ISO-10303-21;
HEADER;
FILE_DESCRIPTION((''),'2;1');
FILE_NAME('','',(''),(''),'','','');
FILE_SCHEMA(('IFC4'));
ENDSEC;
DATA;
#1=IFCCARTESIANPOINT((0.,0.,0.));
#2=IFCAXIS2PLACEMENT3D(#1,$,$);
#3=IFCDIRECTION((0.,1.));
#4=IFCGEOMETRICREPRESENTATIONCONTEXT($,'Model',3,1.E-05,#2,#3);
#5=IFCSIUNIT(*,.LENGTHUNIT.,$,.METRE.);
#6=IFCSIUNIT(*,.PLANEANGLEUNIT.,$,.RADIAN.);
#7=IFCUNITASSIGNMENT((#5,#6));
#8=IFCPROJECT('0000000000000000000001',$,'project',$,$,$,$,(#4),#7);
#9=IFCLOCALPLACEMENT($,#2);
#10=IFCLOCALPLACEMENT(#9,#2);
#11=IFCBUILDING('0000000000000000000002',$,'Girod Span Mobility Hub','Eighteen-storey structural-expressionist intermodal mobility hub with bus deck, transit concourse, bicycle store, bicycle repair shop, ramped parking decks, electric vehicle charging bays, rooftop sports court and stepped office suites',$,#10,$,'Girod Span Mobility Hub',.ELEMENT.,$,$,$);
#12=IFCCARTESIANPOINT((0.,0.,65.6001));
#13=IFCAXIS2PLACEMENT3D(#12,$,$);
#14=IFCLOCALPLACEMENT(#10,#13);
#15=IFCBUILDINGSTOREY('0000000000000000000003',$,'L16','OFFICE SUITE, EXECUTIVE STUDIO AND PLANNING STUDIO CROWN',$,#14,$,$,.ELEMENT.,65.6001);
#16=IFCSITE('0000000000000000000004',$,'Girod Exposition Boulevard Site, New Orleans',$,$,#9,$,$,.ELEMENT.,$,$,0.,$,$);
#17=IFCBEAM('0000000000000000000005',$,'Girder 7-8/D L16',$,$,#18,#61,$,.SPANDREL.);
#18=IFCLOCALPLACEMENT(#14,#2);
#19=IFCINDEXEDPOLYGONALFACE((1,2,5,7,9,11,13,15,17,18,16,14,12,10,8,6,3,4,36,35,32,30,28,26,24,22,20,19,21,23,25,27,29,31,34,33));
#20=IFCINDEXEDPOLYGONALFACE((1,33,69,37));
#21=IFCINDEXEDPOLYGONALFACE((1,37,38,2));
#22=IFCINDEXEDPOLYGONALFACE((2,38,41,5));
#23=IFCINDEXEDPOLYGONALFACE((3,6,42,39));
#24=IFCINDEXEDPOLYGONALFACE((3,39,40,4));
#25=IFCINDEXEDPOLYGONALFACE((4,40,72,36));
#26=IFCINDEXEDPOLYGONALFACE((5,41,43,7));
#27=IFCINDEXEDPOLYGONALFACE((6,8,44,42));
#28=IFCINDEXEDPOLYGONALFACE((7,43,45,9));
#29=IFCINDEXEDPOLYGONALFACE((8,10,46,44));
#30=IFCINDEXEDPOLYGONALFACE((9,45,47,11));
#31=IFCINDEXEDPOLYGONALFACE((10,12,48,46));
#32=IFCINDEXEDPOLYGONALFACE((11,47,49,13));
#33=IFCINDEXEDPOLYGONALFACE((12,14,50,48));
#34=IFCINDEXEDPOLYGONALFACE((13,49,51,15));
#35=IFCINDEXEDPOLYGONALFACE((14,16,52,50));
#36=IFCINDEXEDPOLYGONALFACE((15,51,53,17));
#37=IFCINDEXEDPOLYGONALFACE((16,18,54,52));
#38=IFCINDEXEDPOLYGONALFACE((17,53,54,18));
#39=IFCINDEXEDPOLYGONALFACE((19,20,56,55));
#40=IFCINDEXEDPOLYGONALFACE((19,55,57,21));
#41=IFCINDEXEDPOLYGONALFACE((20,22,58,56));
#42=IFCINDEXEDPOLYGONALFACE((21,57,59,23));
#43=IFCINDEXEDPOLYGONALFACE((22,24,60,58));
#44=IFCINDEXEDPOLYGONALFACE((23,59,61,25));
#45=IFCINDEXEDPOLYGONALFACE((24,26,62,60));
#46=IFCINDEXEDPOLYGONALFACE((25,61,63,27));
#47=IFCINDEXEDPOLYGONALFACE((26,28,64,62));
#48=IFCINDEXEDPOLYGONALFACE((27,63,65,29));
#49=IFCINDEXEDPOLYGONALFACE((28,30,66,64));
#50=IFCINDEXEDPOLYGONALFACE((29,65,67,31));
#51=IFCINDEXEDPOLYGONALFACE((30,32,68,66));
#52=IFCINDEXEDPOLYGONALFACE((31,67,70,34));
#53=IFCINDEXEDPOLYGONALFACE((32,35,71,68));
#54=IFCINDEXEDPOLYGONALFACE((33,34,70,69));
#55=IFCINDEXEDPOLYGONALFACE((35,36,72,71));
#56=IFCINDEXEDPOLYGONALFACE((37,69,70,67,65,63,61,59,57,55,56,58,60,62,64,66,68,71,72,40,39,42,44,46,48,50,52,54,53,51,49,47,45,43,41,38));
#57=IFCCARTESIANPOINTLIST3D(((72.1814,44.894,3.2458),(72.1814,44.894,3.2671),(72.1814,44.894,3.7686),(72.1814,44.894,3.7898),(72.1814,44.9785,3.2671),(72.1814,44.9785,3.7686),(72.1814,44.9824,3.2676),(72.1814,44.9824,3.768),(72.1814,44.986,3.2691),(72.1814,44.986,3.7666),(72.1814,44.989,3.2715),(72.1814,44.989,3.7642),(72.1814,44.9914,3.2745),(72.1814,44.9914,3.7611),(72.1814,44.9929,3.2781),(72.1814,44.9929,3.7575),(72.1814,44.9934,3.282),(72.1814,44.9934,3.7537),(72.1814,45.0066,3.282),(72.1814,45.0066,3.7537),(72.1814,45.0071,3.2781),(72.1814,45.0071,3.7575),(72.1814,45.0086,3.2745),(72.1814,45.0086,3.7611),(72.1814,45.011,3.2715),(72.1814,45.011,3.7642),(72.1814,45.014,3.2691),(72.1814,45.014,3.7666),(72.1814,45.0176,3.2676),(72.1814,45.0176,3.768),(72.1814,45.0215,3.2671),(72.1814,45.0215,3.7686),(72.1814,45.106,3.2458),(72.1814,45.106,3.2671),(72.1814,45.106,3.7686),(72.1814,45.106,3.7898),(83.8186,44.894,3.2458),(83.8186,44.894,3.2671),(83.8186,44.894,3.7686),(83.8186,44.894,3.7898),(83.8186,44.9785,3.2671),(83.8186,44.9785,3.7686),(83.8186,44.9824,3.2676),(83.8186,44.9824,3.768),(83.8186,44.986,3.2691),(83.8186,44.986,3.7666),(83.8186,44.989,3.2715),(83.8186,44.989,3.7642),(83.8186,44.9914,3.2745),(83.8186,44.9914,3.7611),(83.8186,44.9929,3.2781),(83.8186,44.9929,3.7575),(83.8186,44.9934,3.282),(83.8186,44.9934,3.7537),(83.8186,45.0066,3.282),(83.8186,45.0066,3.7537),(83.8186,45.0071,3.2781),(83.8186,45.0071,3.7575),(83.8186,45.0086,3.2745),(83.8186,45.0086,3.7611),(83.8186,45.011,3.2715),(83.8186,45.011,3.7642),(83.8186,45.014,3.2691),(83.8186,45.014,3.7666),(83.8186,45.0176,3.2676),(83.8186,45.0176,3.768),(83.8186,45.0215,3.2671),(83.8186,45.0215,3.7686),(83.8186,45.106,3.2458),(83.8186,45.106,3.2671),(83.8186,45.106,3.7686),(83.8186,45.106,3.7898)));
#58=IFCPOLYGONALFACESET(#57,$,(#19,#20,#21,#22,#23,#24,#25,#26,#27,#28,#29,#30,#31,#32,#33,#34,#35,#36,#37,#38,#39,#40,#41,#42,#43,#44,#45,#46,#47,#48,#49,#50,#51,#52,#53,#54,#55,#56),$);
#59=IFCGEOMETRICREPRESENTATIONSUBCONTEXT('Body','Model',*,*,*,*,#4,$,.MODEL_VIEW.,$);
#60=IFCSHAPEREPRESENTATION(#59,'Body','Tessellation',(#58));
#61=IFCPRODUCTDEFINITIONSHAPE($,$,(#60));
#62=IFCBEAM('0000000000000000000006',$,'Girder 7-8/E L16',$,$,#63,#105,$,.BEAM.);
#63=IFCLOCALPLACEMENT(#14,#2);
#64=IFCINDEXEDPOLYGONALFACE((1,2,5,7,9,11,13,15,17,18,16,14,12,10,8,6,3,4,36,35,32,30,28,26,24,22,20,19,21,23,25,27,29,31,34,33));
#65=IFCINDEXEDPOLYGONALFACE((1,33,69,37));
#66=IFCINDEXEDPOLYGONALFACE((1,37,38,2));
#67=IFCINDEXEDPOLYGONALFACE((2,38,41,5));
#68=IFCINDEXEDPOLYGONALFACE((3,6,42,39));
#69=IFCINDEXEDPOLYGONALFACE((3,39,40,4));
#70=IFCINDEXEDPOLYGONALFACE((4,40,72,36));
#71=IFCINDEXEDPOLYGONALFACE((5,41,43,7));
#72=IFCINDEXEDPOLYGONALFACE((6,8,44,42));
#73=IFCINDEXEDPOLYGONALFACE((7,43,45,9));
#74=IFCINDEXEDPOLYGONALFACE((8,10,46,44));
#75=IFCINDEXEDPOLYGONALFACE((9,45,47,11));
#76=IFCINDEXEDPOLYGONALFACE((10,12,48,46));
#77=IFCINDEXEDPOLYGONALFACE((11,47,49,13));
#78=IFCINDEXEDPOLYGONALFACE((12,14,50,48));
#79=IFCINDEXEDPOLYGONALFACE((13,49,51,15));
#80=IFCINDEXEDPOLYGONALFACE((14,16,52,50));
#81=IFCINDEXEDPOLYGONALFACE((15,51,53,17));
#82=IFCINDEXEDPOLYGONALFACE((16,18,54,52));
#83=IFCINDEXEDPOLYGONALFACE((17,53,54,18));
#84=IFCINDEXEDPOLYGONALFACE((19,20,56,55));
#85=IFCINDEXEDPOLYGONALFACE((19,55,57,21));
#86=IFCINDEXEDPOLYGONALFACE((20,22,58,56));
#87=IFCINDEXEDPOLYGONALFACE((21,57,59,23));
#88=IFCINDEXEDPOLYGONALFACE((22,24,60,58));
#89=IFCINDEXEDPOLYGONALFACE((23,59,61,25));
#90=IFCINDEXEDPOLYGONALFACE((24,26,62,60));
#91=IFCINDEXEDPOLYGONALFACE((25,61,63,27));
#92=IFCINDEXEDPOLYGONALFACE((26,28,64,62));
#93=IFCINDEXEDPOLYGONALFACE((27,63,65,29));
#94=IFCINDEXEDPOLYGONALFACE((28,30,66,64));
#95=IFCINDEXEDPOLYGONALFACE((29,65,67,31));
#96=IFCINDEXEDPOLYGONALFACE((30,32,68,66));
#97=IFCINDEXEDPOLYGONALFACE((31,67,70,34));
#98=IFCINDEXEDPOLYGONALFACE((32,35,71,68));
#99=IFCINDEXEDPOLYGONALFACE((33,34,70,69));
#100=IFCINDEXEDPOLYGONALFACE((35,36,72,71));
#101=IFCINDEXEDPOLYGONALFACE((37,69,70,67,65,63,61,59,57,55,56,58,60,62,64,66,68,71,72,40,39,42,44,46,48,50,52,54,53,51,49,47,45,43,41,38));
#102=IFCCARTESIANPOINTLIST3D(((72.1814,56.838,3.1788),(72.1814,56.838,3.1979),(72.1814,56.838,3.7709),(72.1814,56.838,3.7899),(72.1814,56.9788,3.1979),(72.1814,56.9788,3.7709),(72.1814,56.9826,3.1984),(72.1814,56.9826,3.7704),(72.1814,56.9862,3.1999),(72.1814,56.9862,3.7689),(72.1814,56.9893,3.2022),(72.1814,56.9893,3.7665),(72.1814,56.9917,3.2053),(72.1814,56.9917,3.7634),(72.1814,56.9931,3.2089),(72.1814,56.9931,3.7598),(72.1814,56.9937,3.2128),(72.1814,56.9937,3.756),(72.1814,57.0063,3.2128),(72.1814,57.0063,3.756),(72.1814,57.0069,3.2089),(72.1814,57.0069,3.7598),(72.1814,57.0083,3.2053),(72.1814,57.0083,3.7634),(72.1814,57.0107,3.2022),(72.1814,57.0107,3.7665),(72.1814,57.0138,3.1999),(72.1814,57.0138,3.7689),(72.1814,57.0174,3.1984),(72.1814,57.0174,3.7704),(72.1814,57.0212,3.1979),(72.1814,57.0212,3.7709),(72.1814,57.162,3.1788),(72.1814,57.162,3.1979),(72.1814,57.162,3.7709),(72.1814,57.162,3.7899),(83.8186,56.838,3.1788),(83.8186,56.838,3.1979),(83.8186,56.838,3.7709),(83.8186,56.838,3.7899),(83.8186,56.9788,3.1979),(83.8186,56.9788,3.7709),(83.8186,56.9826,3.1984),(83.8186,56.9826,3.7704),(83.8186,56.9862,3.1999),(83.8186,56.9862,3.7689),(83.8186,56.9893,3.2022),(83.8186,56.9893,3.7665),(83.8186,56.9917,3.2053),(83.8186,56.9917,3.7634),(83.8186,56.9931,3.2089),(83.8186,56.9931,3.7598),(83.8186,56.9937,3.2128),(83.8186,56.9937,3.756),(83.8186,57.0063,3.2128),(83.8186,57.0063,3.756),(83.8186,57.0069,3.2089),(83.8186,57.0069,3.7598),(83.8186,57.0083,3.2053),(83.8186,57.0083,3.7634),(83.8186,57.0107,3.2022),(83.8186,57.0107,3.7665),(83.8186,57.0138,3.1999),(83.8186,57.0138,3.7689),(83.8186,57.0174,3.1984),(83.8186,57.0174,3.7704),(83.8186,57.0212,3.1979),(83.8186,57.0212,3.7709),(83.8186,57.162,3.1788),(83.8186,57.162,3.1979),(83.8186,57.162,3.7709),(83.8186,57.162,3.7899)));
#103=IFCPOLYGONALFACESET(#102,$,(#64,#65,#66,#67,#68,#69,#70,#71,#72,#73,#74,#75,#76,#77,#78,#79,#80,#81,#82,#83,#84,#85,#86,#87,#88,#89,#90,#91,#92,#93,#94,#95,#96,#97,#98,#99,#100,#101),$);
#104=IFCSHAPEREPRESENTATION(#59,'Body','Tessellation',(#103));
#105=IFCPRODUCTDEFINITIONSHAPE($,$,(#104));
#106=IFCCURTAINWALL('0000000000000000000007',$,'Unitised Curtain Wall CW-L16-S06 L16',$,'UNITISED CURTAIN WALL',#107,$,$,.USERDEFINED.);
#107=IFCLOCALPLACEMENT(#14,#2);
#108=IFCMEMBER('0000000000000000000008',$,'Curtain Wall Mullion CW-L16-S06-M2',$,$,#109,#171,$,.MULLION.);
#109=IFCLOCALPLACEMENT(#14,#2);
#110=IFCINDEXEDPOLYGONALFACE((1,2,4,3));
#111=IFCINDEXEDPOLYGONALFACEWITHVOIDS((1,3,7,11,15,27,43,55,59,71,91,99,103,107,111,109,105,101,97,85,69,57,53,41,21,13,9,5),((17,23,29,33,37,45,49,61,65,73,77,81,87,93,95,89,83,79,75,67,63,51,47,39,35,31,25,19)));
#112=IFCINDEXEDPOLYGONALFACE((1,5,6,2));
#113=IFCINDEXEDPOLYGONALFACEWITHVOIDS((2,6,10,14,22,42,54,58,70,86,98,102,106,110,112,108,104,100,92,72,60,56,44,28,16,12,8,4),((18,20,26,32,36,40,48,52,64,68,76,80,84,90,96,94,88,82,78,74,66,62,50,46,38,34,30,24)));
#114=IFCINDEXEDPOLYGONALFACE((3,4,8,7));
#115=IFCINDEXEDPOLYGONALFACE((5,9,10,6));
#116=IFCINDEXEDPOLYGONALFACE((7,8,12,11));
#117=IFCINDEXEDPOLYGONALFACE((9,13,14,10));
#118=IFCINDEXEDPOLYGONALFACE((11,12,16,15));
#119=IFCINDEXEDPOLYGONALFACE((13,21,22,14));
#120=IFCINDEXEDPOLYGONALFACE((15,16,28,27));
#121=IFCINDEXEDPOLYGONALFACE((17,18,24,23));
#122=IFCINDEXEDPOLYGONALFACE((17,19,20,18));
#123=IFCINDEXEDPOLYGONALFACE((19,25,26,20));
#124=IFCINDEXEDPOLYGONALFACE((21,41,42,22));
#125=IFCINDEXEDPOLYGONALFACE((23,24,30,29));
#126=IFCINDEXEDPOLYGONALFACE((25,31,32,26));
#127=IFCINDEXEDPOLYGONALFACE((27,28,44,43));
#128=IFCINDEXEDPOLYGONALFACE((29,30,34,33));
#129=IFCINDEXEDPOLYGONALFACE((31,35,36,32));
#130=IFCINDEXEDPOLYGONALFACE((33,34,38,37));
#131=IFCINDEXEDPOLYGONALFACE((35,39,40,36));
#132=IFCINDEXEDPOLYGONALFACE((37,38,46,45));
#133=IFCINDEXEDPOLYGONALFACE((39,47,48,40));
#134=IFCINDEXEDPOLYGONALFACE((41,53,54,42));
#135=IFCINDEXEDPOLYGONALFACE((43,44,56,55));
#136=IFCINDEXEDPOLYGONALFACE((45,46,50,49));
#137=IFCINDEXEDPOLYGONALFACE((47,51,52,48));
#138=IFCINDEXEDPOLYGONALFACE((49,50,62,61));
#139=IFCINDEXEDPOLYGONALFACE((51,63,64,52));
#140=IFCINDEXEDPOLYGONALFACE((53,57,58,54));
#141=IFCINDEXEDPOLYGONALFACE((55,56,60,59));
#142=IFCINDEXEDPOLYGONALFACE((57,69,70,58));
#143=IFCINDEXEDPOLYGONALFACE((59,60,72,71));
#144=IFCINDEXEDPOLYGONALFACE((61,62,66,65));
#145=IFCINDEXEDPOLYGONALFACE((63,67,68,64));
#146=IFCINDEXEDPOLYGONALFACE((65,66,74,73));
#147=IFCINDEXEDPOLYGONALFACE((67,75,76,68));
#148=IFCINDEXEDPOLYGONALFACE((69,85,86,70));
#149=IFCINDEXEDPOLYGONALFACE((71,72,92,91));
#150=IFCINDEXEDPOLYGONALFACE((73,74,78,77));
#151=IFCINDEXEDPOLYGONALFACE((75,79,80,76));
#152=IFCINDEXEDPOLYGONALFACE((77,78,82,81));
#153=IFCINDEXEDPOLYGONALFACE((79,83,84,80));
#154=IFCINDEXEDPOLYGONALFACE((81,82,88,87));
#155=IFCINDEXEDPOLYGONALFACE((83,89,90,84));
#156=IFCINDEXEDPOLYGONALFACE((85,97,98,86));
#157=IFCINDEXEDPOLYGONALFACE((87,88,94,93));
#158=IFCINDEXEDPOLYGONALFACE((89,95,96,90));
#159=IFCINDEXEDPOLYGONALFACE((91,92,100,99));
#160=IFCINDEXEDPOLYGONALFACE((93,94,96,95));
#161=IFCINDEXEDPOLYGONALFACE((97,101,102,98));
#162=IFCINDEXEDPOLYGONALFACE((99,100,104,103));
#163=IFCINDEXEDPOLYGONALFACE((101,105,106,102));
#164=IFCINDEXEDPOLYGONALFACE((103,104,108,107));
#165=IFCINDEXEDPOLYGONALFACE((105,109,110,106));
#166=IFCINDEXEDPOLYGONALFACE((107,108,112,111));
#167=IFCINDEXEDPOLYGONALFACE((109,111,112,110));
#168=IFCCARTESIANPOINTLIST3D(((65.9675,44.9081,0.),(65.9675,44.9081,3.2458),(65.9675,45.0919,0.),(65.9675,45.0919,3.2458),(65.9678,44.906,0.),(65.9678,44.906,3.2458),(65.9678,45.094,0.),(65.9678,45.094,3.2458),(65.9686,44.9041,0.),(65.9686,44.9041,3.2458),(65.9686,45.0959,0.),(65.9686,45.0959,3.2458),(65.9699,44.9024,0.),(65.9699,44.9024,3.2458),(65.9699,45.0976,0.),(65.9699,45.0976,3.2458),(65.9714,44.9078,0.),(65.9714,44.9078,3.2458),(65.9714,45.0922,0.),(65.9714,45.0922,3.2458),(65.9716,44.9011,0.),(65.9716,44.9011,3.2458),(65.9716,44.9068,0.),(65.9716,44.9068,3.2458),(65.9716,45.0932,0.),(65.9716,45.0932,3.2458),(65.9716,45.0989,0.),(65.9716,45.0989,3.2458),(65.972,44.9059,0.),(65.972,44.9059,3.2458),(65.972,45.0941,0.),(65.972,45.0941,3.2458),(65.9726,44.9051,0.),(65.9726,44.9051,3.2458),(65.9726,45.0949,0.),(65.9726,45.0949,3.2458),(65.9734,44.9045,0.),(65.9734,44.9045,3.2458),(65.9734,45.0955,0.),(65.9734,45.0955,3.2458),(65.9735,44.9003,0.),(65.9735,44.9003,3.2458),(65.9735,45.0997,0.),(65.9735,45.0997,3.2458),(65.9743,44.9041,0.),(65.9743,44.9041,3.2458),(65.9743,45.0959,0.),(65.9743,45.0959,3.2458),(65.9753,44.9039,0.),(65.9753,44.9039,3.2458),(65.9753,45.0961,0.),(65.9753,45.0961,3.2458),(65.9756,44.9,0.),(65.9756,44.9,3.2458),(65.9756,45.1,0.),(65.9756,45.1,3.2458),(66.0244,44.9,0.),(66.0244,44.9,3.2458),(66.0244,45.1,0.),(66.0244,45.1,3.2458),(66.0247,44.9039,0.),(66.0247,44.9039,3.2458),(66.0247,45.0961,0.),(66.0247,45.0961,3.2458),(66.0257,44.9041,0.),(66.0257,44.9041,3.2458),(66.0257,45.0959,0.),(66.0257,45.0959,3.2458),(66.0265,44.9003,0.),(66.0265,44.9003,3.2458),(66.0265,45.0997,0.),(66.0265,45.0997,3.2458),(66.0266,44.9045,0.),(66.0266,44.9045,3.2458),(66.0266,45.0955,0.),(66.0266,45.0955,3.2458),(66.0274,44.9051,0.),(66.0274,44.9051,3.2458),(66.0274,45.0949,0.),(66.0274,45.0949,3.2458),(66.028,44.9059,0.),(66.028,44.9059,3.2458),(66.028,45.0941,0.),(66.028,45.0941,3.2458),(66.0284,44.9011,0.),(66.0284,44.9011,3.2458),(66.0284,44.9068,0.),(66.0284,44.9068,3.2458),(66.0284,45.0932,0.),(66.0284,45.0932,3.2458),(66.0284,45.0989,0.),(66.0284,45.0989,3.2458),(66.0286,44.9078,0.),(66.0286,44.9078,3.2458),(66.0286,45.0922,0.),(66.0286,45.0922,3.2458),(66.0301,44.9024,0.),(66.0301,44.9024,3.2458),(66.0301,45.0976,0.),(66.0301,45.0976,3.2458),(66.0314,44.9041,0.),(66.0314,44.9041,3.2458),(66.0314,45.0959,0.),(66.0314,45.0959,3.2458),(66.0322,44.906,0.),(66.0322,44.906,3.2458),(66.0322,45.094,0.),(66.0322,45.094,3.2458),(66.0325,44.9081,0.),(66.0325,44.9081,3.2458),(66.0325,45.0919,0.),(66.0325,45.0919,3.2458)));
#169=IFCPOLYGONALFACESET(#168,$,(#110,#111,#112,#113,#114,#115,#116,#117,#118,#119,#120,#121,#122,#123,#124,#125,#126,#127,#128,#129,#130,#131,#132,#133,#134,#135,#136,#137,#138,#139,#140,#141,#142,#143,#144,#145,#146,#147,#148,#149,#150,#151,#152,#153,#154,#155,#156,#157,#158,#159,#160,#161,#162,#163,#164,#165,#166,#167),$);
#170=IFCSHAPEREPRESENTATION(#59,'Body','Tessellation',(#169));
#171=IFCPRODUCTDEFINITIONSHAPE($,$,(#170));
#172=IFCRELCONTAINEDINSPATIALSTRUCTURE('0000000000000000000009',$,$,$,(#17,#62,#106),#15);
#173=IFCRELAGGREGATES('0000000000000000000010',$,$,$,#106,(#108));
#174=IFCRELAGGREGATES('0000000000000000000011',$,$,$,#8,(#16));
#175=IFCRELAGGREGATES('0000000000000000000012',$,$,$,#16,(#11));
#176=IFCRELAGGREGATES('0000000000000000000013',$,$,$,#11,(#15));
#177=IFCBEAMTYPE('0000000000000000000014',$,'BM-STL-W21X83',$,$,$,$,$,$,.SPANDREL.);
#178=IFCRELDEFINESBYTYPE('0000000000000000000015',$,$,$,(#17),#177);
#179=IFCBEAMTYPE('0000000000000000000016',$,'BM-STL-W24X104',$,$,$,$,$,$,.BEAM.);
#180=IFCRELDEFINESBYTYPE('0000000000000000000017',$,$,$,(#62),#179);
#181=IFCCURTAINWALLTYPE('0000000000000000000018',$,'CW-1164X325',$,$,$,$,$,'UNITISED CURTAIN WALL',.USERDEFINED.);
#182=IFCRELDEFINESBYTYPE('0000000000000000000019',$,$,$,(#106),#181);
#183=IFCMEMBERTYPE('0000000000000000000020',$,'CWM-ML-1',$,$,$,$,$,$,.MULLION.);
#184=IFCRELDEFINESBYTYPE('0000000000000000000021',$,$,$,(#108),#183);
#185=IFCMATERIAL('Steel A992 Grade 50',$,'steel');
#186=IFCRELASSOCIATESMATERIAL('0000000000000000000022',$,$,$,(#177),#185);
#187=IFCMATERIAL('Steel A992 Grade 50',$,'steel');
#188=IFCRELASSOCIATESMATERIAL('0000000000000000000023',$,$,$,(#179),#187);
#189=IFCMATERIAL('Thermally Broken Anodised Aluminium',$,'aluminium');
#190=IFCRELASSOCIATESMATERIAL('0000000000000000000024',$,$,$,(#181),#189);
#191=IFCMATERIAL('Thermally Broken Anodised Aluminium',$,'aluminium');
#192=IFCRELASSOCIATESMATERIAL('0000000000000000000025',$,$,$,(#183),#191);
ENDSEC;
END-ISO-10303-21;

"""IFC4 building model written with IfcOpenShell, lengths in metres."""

from ifc_helpers import new_model, si_unit, direction, frame, origin, origin_2d, place, context, subcontext, project, spatial, hollow_rectangle, i_section, extrude, material, material_profile, profile_set, type_object, element, aggregate, save


model = new_model("IFC4")

# Units and contexts
model_context = context("Model", 3, precision=1e-05, world=origin(), true_north=direction((0.0, 1.0)))
body_context = subcontext(model_context, "Body", "Model", "MODEL_VIEW")
ifc_project = project(units=[si_unit("LENGTHUNIT", "METRE"), si_unit("PLANEANGLEUNIT", "RADIAN")], contexts=[model_context])

# Site, building, storey
site_placement = place(None, origin())
site = spatial("IfcSite", under=ifc_project, at=site_placement, Name="Girod Exposition Boulevard Site, New Orleans", CompositionType="ELEMENT", RefElevation=0.0)
building_placement = place(site_placement, origin())
building = spatial("IfcBuilding", under=site, at=building_placement, Name="Girod Span Mobility Hub", Description="Eighteen-storey structural-expressionist intermodal mobility hub with bus deck, transit concourse, bicycle store, bicycle repair shop, ramped parking decks, electric vehicle charging bays, rooftop sports court and stepped office suites", LongName="Girod Span Mobility Hub", CompositionType="ELEMENT")
storey_placement = place(building_placement, frame((0.0, 0.0, 65.6001)))
storey = spatial("IfcBuildingStorey", under=building, at=storey_placement, Name="L16", Description="OFFICE SUITE, EXECUTIVE STUDIO AND PLANNING STUDIO CROWN", CompositionType="ELEMENT", Elevation=65.6001)

# Beams
ifc_material_1 = material(Name="Steel A992 Grade 50", Category="steel")
ifc_material_profile_1 = material_profile(ifc_material_1, i_section(OverallWidth=0.2119, OverallDepth=0.5439, WebThickness=0.0132, FlangeThickness=0.0212, FilletRadius=0.0149, at=origin_2d()), Name="W21X83")
ifc_profile_set_1 = profile_set([ifc_material_profile_1], Name="Steel A992 Grade 50")
beam_type_1 = type_object("IfcBeamType", Name="BM-STL-W21X83", PredefinedType="SPANDREL", material=ifc_profile_set_1)
beam_1_placement = place(storey_placement, frame((72.1814, 45.0, 3.5178), z_axis=(1.0, 0.0, 0.0), x_axis=(0.0, 1.0, 0.0)))
element("IfcBeam", 1, at=beam_1_placement, inside=storey, type_object=beam_type_1, Name="Girder 7-8/D L16", PredefinedType="SPANDREL", context=body_context, shape_type="SweptSolid", body=[
    extrude(i_section(OverallWidth=0.2119, OverallDepth=0.5439, WebThickness=0.0132, FlangeThickness=0.0212, FilletRadius=0.0149, at=origin_2d()), origin(), (0.0, 0.0, 1.0), 11.6372),
])
ifc_material_2 = material(Name="Steel A992 Grade 50", Category="steel")
ifc_material_profile_2 = material_profile(ifc_material_2, i_section(OverallWidth=0.324, OverallDepth=0.6111, WebThickness=0.0127, FlangeThickness=0.019, FilletRadius=0.0149, at=origin_2d()), Name="W24X104")
ifc_profile_set_2 = profile_set([ifc_material_profile_2], Name="Steel A992 Grade 50")
beam_type_2 = type_object("IfcBeamType", Name="BM-STL-W24X104", PredefinedType="BEAM", material=ifc_profile_set_2)
beam_2_placement = place(storey_placement, frame((72.1814, 57.0, 3.4844), z_axis=(1.0, 0.0, 0.0), x_axis=(0.0, 1.0, 0.0)))
element("IfcBeam", 2, at=beam_2_placement, inside=storey, type_object=beam_type_2, Name="Girder 7-8/E L16", PredefinedType="BEAM", context=body_context, shape_type="SweptSolid", body=[
    extrude(i_section(OverallWidth=0.324, OverallDepth=0.6111, WebThickness=0.0127, FlangeThickness=0.019, FilletRadius=0.0149, at=origin_2d()), origin(), (0.0, 0.0, 1.0), 11.6372),
])

# Curtain wall, member
ifc_material_3 = material(Name="Thermally Broken Anodised Aluminium", Category="aluminium")
curtain_wall_type = type_object("IfcCurtainWallType", Name="CW-1164X325", ElementType="UNITISED CURTAIN WALL", PredefinedType="USERDEFINED", material=ifc_material_3)
curtain_wall_1_placement = place(storey_placement, origin())
curtain_wall_1 = element("IfcCurtainWall", 3, at=curtain_wall_1_placement, inside=storey, type_object=curtain_wall_type, Name="Unitised Curtain Wall CW-L16-S06 L16", ObjectType="UNITISED CURTAIN WALL", PredefinedType="USERDEFINED")
ifc_material_4 = material(Name="Thermally Broken Anodised Aluminium", Category="aluminium")
ifc_material_profile_3 = material_profile(ifc_material_4, hollow_rectangle(XDim=0.2, YDim=0.0649, WallThickness=0.0039, InnerFilletRadius=0.0039, OuterFilletRadius=0.0081, at=origin_2d()), Name="CW-ML-65X200")
ifc_profile_set_3 = profile_set([ifc_material_profile_3], Name="Thermally Broken Anodised Aluminium")
member_type_1 = type_object("IfcMemberType", Name="CWM-ML-1", PredefinedType="MULLION", material=ifc_profile_set_3)
member_1_placement = place(storey_placement, frame((66.0, 45.0, 0.0), z_axis=(0.0, 0.0, 1.0), x_axis=(0.0, 1.0, 0.0)))
member_1 = element("IfcMember", 4, at=member_1_placement, type_object=member_type_1, Name="Curtain Wall Mullion CW-L16-S06-M2", PredefinedType="MULLION", context=body_context, shape_type="SweptSolid", body=[
    extrude(hollow_rectangle(XDim=0.2, YDim=0.0649, WallThickness=0.0039, InnerFilletRadius=0.0039, OuterFilletRadius=0.0081, at=origin_2d()), origin(), (0.0, 0.0, 1.0), 3.2458),
])

aggregate(curtain_wall_1, [member_1])

save(model, "model.ifc")
